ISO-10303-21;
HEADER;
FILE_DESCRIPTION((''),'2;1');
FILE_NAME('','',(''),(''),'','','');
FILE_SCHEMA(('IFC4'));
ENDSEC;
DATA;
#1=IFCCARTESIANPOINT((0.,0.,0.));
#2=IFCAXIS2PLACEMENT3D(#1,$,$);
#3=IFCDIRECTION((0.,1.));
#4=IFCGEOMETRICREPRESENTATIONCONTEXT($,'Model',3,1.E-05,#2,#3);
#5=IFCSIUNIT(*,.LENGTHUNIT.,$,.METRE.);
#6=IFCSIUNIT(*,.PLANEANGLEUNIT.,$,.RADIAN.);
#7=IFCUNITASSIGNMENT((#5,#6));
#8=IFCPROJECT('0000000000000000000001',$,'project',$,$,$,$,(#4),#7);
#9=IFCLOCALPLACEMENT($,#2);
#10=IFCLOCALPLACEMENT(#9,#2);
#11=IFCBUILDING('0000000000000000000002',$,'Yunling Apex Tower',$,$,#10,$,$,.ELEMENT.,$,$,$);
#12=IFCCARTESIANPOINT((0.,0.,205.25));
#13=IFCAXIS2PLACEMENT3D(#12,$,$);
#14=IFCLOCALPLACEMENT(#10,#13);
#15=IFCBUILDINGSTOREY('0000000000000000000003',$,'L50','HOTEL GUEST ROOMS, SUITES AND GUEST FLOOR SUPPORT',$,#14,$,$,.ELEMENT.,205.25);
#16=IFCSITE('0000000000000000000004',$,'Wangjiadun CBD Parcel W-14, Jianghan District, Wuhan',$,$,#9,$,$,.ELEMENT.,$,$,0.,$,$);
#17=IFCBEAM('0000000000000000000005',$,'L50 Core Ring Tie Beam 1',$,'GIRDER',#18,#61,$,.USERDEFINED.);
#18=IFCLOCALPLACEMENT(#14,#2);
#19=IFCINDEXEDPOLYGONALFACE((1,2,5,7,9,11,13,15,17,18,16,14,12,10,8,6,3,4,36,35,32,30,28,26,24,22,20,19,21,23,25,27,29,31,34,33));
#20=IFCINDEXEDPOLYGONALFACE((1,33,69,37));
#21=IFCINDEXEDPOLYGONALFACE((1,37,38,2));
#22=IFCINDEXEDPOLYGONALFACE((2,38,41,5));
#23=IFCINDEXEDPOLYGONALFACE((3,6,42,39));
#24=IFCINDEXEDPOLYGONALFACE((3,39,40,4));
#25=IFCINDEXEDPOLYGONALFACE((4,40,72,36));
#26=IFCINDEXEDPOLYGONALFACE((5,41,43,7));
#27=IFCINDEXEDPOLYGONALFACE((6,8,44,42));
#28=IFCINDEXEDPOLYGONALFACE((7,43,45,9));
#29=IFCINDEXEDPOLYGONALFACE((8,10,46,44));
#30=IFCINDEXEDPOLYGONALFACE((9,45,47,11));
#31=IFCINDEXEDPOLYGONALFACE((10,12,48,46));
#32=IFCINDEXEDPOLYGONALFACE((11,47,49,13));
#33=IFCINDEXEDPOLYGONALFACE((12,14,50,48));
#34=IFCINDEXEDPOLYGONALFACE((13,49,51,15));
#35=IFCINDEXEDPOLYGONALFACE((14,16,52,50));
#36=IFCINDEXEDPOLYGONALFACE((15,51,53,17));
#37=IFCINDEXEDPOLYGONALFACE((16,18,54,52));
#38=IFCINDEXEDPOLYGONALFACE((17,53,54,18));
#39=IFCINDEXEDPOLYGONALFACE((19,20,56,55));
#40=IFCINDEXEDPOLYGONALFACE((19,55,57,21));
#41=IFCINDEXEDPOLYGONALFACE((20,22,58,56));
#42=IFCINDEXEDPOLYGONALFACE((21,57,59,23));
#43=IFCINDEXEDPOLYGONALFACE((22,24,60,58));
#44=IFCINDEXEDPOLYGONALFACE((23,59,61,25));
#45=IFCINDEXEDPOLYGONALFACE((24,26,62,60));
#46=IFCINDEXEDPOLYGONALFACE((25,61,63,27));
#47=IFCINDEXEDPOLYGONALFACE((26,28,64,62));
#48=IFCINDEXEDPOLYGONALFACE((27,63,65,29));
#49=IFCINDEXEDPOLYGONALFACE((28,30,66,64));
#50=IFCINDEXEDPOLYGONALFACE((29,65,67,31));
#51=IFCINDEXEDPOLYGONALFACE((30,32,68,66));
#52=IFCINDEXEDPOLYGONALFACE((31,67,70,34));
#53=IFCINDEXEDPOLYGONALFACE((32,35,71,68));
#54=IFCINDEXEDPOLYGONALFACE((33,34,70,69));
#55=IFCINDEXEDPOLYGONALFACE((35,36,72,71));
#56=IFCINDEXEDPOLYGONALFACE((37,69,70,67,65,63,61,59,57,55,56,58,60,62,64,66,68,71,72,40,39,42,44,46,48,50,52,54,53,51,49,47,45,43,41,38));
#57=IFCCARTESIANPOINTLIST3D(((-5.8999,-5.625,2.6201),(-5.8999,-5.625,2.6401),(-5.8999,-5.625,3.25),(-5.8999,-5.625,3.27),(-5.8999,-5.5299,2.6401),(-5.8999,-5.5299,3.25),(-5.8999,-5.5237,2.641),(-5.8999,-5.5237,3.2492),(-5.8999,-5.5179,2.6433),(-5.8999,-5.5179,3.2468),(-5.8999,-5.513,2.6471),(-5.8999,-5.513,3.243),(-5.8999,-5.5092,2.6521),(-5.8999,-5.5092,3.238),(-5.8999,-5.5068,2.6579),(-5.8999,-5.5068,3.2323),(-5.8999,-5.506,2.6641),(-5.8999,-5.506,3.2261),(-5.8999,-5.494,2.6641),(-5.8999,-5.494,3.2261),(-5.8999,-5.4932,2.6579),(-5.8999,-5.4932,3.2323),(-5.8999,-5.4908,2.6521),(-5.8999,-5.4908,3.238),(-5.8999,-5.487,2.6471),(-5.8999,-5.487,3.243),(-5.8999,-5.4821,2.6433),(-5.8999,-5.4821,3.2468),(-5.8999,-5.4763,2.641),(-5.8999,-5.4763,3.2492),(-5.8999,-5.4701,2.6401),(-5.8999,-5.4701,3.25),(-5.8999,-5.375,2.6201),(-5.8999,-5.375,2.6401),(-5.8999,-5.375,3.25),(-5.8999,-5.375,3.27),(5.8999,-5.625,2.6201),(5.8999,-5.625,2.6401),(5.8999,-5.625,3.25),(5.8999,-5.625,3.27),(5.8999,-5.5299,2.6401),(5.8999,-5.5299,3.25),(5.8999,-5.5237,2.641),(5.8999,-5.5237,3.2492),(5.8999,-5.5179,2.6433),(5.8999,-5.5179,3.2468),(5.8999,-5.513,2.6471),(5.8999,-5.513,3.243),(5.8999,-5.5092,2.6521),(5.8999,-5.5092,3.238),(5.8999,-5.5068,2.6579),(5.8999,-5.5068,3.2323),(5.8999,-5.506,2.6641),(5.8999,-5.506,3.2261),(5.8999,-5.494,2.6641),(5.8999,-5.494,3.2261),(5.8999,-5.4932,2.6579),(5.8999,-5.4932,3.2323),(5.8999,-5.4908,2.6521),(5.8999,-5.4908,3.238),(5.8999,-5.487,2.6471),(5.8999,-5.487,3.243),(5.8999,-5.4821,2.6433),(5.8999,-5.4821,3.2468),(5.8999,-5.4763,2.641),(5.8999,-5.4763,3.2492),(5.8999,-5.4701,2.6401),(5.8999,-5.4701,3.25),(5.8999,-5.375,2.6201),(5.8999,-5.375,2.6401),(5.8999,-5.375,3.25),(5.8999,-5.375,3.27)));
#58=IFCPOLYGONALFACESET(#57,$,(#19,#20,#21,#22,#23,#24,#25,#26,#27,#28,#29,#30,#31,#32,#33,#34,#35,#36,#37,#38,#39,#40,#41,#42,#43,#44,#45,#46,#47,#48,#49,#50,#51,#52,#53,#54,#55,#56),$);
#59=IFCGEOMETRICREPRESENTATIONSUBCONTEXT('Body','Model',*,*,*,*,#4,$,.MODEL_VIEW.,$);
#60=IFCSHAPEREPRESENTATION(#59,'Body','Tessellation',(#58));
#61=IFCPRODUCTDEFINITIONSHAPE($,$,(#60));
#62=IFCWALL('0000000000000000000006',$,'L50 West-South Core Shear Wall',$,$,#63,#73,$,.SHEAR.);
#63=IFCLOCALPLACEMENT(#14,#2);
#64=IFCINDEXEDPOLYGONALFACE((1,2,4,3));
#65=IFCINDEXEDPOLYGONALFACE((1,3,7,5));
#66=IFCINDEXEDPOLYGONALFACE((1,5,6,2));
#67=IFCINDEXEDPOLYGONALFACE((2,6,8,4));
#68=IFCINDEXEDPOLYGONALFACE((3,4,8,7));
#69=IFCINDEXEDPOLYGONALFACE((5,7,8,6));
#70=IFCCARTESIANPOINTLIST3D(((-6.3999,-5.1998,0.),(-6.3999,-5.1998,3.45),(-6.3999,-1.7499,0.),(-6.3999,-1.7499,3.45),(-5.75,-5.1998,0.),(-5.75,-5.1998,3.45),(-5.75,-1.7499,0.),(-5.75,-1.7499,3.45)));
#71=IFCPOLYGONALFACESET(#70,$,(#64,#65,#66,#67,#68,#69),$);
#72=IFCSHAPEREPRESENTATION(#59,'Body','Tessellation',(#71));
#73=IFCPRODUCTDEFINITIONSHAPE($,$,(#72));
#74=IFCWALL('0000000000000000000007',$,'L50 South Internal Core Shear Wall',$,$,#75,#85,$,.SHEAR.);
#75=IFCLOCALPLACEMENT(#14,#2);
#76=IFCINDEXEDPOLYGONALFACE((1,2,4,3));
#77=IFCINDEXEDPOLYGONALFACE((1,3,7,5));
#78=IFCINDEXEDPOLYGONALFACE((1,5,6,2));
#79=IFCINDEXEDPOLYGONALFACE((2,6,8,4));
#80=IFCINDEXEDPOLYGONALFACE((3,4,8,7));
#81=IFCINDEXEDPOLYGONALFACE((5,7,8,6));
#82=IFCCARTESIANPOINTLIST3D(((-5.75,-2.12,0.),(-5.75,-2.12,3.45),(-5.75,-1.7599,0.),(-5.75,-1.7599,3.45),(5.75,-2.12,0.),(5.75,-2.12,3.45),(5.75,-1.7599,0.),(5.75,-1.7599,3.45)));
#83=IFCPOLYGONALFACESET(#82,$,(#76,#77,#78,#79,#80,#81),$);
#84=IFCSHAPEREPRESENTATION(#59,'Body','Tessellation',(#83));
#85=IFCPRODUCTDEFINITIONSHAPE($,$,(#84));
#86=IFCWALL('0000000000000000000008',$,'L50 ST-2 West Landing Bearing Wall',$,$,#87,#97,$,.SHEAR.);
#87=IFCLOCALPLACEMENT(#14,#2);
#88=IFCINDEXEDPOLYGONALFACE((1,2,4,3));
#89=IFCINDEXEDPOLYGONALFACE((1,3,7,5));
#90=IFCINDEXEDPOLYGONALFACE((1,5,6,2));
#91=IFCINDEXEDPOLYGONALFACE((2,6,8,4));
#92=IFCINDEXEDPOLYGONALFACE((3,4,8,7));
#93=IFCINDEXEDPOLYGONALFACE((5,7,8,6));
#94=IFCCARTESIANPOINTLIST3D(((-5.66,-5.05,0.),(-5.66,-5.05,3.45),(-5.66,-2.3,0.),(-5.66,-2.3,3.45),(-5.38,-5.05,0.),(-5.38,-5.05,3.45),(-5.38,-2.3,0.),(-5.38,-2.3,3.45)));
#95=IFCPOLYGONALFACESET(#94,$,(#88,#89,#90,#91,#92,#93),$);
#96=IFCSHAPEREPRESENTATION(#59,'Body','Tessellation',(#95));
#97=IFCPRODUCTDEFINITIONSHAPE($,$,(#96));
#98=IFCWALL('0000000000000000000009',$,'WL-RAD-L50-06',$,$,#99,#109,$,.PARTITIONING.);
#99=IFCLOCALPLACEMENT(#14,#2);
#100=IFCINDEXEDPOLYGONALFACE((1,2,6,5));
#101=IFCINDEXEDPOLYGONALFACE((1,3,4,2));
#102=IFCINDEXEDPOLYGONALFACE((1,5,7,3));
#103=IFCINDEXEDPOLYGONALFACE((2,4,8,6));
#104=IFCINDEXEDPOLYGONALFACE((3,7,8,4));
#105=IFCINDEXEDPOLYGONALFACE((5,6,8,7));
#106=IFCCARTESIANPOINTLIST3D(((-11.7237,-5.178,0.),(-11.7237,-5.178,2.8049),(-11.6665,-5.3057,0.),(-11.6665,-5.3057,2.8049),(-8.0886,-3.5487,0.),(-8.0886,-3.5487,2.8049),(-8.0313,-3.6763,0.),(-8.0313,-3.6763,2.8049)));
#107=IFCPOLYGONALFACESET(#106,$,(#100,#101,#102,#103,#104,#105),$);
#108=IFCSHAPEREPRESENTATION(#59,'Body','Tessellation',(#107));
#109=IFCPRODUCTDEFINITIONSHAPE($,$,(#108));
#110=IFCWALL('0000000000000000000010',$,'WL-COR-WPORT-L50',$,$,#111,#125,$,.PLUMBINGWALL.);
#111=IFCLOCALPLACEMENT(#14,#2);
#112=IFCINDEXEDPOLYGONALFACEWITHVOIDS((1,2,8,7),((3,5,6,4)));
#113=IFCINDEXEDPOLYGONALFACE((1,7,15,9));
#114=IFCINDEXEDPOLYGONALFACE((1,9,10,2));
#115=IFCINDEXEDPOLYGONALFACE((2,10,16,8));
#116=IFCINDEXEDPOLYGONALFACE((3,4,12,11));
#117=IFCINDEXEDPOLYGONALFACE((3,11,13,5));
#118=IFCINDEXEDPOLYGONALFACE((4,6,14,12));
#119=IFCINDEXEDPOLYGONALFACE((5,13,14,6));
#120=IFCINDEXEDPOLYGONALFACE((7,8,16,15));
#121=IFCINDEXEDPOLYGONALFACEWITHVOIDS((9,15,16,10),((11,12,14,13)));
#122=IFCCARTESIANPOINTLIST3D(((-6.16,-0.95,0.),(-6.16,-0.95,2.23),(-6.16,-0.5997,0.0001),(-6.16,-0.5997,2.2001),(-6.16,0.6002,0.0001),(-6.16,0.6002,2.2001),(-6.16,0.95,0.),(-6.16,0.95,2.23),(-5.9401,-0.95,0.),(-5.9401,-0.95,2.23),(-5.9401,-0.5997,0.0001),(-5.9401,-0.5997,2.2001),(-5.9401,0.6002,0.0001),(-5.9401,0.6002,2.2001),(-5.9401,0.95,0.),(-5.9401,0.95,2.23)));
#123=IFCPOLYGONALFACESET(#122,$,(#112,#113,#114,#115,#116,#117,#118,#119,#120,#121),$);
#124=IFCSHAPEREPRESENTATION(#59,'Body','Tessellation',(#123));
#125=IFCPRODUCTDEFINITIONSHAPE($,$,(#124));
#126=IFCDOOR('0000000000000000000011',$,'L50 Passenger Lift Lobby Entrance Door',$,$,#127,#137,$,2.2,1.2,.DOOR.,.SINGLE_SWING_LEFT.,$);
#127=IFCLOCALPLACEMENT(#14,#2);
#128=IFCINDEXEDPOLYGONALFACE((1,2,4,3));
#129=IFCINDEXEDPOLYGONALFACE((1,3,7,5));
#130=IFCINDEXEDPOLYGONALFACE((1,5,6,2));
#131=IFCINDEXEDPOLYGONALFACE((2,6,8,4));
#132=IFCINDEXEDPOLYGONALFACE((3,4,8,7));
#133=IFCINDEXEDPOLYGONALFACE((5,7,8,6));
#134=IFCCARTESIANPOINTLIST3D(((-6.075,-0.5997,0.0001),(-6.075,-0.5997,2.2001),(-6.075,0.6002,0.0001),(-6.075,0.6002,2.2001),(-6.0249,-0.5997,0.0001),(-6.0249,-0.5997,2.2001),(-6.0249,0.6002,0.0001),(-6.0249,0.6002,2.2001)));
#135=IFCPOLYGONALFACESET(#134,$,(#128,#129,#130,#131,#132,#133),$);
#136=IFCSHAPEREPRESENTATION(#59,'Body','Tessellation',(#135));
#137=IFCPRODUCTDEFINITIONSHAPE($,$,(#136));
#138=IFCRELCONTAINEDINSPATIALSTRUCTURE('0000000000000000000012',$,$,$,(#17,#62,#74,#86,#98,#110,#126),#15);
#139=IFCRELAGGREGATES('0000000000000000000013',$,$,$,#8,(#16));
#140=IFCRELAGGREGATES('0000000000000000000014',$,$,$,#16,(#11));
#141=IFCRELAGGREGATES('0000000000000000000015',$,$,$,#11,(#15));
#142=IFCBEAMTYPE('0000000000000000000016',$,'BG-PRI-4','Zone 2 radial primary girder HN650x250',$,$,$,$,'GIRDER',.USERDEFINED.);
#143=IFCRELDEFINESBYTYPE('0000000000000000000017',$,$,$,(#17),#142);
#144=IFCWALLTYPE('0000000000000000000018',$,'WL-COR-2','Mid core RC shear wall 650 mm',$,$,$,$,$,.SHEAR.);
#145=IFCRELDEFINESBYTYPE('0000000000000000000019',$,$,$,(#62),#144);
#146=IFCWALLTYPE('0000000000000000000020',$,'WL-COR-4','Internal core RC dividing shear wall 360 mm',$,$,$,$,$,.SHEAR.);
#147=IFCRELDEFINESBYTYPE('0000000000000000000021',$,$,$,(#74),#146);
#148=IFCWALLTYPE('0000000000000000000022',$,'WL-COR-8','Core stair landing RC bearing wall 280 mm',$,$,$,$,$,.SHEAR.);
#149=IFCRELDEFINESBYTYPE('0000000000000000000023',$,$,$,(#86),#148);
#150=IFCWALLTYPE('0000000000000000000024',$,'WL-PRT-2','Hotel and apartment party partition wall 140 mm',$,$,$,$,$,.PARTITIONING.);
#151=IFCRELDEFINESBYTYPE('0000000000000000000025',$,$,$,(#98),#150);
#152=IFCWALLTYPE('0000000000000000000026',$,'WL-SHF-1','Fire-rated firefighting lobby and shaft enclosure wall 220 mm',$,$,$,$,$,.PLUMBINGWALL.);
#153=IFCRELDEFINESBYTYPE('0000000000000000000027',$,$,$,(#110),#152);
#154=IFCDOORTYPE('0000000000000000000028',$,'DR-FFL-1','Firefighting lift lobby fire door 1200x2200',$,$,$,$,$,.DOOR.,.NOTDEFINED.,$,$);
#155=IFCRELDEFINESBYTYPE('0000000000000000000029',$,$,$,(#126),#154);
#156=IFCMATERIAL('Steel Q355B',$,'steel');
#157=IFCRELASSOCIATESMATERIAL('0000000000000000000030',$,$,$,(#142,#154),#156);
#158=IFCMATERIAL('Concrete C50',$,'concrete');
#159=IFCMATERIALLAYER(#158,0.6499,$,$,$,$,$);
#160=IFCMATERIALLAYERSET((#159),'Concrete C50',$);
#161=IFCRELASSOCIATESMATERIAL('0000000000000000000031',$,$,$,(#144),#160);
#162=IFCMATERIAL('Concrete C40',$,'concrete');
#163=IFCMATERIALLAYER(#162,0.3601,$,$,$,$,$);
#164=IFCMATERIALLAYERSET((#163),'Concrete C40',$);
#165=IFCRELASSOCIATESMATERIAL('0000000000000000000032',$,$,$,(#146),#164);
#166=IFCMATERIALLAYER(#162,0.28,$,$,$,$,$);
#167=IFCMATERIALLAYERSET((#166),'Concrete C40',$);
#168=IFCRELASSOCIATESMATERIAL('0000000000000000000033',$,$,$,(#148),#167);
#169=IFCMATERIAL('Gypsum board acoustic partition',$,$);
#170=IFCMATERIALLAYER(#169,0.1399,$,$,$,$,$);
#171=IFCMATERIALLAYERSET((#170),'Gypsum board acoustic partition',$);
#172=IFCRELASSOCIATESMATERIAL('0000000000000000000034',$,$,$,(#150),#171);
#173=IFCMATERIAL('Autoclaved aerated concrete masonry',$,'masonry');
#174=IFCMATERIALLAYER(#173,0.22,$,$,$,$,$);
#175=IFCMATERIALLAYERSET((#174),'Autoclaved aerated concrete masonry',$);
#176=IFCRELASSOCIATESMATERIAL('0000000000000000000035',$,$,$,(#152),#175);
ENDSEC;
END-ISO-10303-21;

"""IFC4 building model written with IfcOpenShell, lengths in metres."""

from ifc_helpers import new_model, si_unit, direction, frame, frame_2d, origin, origin_2d, place, context, subcontext, project, spatial, rectangle, i_section, extrude, source, transform, mapped, material, layer, layer_set, material_profile, profile_set, type_object, element, fill, save


model = new_model("IFC4")

# Units and contexts
model_context = context("Model", 3, precision=1e-05, world=origin(), true_north=direction((0.0, 1.0)))
body_context = subcontext(model_context, "Body", "Model", "MODEL_VIEW")
ifc_project = project(units=[si_unit("LENGTHUNIT", "METRE"), si_unit("PLANEANGLEUNIT", "RADIAN")], contexts=[model_context])

# Site, building, storey
site_placement = place(None, origin())
site = spatial("IfcSite", under=ifc_project, at=site_placement, Name="Wangjiadun CBD Parcel W-14, Jianghan District, Wuhan", CompositionType="ELEMENT", RefElevation=0.0)
building_placement = place(site_placement, origin())
building = spatial("IfcBuilding", under=site, at=building_placement, Name="Yunling Apex Tower", CompositionType="ELEMENT")
storey_placement = place(building_placement, frame((0.0, 0.0, 205.25)))
storey = spatial("IfcBuildingStorey", under=building, at=storey_placement, Name="L50", Description="HOTEL GUEST ROOMS, SUITES AND GUEST FLOOR SUPPORT", CompositionType="ELEMENT", Elevation=205.25)

# Shared definitions
ifc_material_1 = material(Name="Concrete C50", Category="concrete")

# Beam
ifc_material_2 = material(Name="Steel Q355B", Category="steel")
ifc_material_profile_1 = material_profile(ifc_material_2, i_section(OverallWidth=0.25, OverallDepth=0.6499, WebThickness=0.012, FlangeThickness=0.02, FilletRadius=0.0239, at=origin_2d()))
ifc_profile_set_1 = profile_set([ifc_material_profile_1], Name="Steel Q355B")
beam_type_1 = type_object("IfcBeamType", Name="BG-PRI-4", Description="Zone 2 radial primary girder HN650x250", ElementType="GIRDER", PredefinedType="USERDEFINED", material=ifc_profile_set_1)
shared_shape_1 = source(origin(), body_context, "Body", "SweptSolid", [
    extrude(i_section(OverallWidth=0.25, OverallDepth=0.6499, WebThickness=0.012, FlangeThickness=0.02, FilletRadius=0.0239, at=origin_2d()), origin(), (0.0, 0.0, 1.0), 11.7998),
])
beam_1_placement = place(storey_placement, frame((-5.8999, -5.5, 2.9451), z_axis=(1.0, 0.0, 0.0), x_axis=(0.0, 1.0, 0.0)))
element("IfcBeam", 1, at=beam_1_placement, inside=storey, type_object=beam_type_1, Name="L50 Core Ring Tie Beam 1", ObjectType="GIRDER", PredefinedType="USERDEFINED", context=body_context, shape_type="MappedRepresentation", body=[
    mapped(shared_shape_1, transform((0.0, 0.0, 0.0), scale=1.0)),
])

# Walls
ifc_layer_1 = layer(ifc_material_1, 0.6499)
ifc_layer_set_1 = layer_set([ifc_layer_1], Name="Concrete C50")
wall_type_1 = type_object("IfcWallType", Name="WL-COR-2", Description="Mid core RC shear wall 650 mm", PredefinedType="SHEAR", material=ifc_layer_set_1)
wall_1_placement = place(storey_placement, frame((-6.075, -5.2, 0.0), z_axis=(0.0, 0.0, 1.0), x_axis=(0.0, 1.0, 0.0)))
element("IfcWall", 2, at=wall_1_placement, inside=storey, type_object=wall_type_1, Name="L50 West-South Core Shear Wall", PredefinedType="SHEAR", context=body_context, shape_type="SweptSolid", body=[
    extrude(rectangle(XDim=3.45, YDim=0.6499, at=frame_2d((1.7251, 0.0))), origin(), (0.0, 0.0, 1.0), 3.45),
])
ifc_material_3 = material(Name="Concrete C40", Category="concrete")
ifc_layer_2 = layer(ifc_material_3, 0.3601)
ifc_layer_set_2 = layer_set([ifc_layer_2], Name="Concrete C40")
wall_type_2 = type_object("IfcWallType", Name="WL-COR-4", Description="Internal core RC dividing shear wall 360 mm", PredefinedType="SHEAR", material=ifc_layer_set_2)
wall_2_placement = place(storey_placement, frame((-5.75, -1.9399, 0.0), z_axis=(0.0, 0.0, 1.0), x_axis=(1.0, 0.0, 0.0)))
element("IfcWall", 3, at=wall_2_placement, inside=storey, type_object=wall_type_2, Name="L50 South Internal Core Shear Wall", PredefinedType="SHEAR", context=body_context, shape_type="SweptSolid", body=[
    extrude(rectangle(XDim=11.5, YDim=0.3601, at=frame_2d((5.75, 0.0))), origin(), (0.0, 0.0, 1.0), 3.45),
])
ifc_layer_3 = layer(ifc_material_3, 0.28)
ifc_layer_set_3 = layer_set([ifc_layer_3], Name="Concrete C40")
wall_type_3 = type_object("IfcWallType", Name="WL-COR-8", Description="Core stair landing RC bearing wall 280 mm", PredefinedType="SHEAR", material=ifc_layer_set_3)
wall_3_placement = place(storey_placement, frame((-5.52, -5.05, 0.0), z_axis=(0.0, 0.0, 1.0), x_axis=(0.0, 1.0, 0.0)))
element("IfcWall", 4, at=wall_3_placement, inside=storey, type_object=wall_type_3, Name="L50 ST-2 West Landing Bearing Wall", PredefinedType="SHEAR", context=body_context, shape_type="SweptSolid", body=[
    extrude(rectangle(XDim=2.75, YDim=0.28, at=frame_2d((1.375, 0.0))), origin(), (0.0, 0.0, 1.0), 3.45),
])
ifc_material_4 = material(Name="Gypsum board acoustic partition")
ifc_layer_4 = layer(ifc_material_4, 0.1399)
ifc_layer_set_4 = layer_set([ifc_layer_4], Name="Gypsum board acoustic partition")
wall_type_4 = type_object("IfcWallType", Name="WL-PRT-2", Description="Hotel and apartment party partition wall 140 mm", PredefinedType="PARTITIONING", material=ifc_layer_set_4)
wall_4_placement = place(storey_placement, frame((-8.0601, -3.6125, 0.0), z_axis=(0.0, 0.0, 1.0), x_axis=(-0.912528, -0.409014, 0.0)))
element("IfcWall", 5, at=wall_4_placement, inside=storey, type_object=wall_type_4, Name="WL-RAD-L50-06", PredefinedType="PARTITIONING", context=body_context, shape_type="SweptSolid", body=[
    extrude(rectangle(XDim=3.9836, YDim=0.1399, at=frame_2d((1.9917, 0.0))), origin(), (0.0, 0.0, 1.0), 2.8049),
])

# Wall, opening, door
ifc_material_5 = material(Name="Autoclaved aerated concrete masonry", Category="masonry")
ifc_layer_5 = layer(ifc_material_5, 0.22)
ifc_layer_set_5 = layer_set([ifc_layer_5], Name="Autoclaved aerated concrete masonry")
wall_type_5 = type_object("IfcWallType", Name="WL-SHF-1", Description="Fire-rated firefighting lobby and shaft enclosure wall 220 mm", PredefinedType="PLUMBINGWALL", material=ifc_layer_set_5)
wall_5_placement = place(storey_placement, frame((-6.05, -0.95, 0.0), z_axis=(0.0, 0.0, 1.0), x_axis=(0.0, 1.0, 0.0)))
wall_5 = element("IfcWall", 6, at=wall_5_placement, inside=storey, type_object=wall_type_5, Name="WL-COR-WPORT-L50", PredefinedType="PLUMBINGWALL", context=body_context, shape_type="SweptSolid", body=[
    extrude(rectangle(XDim=1.8999, YDim=0.22, at=frame_2d((0.95, 0.0))), origin(), (0.0, 0.0, 1.0), 2.23),
])
opening_1_placement = place(wall_5_placement, frame((0.3501, 0.0, 0.0)))
opening_1 = element("IfcOpeningElement", 7, at=opening_1_placement, cuts=wall_5, PredefinedType="OPENING", context=body_context, shape_type="SweptSolid", body=[
    extrude(rectangle(XDim=1.2, YDim=2.2, at=frame_2d((0.6001, 1.1001))), frame((0.0, 0.1201, 0.0), z_axis=(0.0, -1.0, 0.0), x_axis=(1.0, 0.0, 0.0)), (0.0, 0.0, 1.0), 0.24),
])
door_type_1 = type_object("IfcDoorType", Name="DR-FFL-1", Description="Firefighting lift lobby fire door 1200x2200", OperationType="NOTDEFINED", PredefinedType="DOOR", material=ifc_material_2)
door_1_placement = place(opening_1_placement, origin())
door_1 = element("IfcDoor", 8, at=door_1_placement, inside=storey, type_object=door_type_1, Name="L50 Passenger Lift Lobby Entrance Door", OperationType="SINGLE_SWING_LEFT", OverallHeight=2.2, OverallWidth=1.2, PredefinedType="DOOR", context=body_context, shape_type="SweptSolid", body=[
    extrude(rectangle(XDim=1.2, YDim=2.2, at=frame_2d((0.6001, 1.1001))), frame((0.0, 0.0249, 0.0), z_axis=(0.0, -1.0, 0.0), x_axis=(1.0, 0.0, 0.0)), (0.0, 0.0, 1.0), 0.05),
])
fill(opening_1, door_1)

save(model, "model.ifc")
